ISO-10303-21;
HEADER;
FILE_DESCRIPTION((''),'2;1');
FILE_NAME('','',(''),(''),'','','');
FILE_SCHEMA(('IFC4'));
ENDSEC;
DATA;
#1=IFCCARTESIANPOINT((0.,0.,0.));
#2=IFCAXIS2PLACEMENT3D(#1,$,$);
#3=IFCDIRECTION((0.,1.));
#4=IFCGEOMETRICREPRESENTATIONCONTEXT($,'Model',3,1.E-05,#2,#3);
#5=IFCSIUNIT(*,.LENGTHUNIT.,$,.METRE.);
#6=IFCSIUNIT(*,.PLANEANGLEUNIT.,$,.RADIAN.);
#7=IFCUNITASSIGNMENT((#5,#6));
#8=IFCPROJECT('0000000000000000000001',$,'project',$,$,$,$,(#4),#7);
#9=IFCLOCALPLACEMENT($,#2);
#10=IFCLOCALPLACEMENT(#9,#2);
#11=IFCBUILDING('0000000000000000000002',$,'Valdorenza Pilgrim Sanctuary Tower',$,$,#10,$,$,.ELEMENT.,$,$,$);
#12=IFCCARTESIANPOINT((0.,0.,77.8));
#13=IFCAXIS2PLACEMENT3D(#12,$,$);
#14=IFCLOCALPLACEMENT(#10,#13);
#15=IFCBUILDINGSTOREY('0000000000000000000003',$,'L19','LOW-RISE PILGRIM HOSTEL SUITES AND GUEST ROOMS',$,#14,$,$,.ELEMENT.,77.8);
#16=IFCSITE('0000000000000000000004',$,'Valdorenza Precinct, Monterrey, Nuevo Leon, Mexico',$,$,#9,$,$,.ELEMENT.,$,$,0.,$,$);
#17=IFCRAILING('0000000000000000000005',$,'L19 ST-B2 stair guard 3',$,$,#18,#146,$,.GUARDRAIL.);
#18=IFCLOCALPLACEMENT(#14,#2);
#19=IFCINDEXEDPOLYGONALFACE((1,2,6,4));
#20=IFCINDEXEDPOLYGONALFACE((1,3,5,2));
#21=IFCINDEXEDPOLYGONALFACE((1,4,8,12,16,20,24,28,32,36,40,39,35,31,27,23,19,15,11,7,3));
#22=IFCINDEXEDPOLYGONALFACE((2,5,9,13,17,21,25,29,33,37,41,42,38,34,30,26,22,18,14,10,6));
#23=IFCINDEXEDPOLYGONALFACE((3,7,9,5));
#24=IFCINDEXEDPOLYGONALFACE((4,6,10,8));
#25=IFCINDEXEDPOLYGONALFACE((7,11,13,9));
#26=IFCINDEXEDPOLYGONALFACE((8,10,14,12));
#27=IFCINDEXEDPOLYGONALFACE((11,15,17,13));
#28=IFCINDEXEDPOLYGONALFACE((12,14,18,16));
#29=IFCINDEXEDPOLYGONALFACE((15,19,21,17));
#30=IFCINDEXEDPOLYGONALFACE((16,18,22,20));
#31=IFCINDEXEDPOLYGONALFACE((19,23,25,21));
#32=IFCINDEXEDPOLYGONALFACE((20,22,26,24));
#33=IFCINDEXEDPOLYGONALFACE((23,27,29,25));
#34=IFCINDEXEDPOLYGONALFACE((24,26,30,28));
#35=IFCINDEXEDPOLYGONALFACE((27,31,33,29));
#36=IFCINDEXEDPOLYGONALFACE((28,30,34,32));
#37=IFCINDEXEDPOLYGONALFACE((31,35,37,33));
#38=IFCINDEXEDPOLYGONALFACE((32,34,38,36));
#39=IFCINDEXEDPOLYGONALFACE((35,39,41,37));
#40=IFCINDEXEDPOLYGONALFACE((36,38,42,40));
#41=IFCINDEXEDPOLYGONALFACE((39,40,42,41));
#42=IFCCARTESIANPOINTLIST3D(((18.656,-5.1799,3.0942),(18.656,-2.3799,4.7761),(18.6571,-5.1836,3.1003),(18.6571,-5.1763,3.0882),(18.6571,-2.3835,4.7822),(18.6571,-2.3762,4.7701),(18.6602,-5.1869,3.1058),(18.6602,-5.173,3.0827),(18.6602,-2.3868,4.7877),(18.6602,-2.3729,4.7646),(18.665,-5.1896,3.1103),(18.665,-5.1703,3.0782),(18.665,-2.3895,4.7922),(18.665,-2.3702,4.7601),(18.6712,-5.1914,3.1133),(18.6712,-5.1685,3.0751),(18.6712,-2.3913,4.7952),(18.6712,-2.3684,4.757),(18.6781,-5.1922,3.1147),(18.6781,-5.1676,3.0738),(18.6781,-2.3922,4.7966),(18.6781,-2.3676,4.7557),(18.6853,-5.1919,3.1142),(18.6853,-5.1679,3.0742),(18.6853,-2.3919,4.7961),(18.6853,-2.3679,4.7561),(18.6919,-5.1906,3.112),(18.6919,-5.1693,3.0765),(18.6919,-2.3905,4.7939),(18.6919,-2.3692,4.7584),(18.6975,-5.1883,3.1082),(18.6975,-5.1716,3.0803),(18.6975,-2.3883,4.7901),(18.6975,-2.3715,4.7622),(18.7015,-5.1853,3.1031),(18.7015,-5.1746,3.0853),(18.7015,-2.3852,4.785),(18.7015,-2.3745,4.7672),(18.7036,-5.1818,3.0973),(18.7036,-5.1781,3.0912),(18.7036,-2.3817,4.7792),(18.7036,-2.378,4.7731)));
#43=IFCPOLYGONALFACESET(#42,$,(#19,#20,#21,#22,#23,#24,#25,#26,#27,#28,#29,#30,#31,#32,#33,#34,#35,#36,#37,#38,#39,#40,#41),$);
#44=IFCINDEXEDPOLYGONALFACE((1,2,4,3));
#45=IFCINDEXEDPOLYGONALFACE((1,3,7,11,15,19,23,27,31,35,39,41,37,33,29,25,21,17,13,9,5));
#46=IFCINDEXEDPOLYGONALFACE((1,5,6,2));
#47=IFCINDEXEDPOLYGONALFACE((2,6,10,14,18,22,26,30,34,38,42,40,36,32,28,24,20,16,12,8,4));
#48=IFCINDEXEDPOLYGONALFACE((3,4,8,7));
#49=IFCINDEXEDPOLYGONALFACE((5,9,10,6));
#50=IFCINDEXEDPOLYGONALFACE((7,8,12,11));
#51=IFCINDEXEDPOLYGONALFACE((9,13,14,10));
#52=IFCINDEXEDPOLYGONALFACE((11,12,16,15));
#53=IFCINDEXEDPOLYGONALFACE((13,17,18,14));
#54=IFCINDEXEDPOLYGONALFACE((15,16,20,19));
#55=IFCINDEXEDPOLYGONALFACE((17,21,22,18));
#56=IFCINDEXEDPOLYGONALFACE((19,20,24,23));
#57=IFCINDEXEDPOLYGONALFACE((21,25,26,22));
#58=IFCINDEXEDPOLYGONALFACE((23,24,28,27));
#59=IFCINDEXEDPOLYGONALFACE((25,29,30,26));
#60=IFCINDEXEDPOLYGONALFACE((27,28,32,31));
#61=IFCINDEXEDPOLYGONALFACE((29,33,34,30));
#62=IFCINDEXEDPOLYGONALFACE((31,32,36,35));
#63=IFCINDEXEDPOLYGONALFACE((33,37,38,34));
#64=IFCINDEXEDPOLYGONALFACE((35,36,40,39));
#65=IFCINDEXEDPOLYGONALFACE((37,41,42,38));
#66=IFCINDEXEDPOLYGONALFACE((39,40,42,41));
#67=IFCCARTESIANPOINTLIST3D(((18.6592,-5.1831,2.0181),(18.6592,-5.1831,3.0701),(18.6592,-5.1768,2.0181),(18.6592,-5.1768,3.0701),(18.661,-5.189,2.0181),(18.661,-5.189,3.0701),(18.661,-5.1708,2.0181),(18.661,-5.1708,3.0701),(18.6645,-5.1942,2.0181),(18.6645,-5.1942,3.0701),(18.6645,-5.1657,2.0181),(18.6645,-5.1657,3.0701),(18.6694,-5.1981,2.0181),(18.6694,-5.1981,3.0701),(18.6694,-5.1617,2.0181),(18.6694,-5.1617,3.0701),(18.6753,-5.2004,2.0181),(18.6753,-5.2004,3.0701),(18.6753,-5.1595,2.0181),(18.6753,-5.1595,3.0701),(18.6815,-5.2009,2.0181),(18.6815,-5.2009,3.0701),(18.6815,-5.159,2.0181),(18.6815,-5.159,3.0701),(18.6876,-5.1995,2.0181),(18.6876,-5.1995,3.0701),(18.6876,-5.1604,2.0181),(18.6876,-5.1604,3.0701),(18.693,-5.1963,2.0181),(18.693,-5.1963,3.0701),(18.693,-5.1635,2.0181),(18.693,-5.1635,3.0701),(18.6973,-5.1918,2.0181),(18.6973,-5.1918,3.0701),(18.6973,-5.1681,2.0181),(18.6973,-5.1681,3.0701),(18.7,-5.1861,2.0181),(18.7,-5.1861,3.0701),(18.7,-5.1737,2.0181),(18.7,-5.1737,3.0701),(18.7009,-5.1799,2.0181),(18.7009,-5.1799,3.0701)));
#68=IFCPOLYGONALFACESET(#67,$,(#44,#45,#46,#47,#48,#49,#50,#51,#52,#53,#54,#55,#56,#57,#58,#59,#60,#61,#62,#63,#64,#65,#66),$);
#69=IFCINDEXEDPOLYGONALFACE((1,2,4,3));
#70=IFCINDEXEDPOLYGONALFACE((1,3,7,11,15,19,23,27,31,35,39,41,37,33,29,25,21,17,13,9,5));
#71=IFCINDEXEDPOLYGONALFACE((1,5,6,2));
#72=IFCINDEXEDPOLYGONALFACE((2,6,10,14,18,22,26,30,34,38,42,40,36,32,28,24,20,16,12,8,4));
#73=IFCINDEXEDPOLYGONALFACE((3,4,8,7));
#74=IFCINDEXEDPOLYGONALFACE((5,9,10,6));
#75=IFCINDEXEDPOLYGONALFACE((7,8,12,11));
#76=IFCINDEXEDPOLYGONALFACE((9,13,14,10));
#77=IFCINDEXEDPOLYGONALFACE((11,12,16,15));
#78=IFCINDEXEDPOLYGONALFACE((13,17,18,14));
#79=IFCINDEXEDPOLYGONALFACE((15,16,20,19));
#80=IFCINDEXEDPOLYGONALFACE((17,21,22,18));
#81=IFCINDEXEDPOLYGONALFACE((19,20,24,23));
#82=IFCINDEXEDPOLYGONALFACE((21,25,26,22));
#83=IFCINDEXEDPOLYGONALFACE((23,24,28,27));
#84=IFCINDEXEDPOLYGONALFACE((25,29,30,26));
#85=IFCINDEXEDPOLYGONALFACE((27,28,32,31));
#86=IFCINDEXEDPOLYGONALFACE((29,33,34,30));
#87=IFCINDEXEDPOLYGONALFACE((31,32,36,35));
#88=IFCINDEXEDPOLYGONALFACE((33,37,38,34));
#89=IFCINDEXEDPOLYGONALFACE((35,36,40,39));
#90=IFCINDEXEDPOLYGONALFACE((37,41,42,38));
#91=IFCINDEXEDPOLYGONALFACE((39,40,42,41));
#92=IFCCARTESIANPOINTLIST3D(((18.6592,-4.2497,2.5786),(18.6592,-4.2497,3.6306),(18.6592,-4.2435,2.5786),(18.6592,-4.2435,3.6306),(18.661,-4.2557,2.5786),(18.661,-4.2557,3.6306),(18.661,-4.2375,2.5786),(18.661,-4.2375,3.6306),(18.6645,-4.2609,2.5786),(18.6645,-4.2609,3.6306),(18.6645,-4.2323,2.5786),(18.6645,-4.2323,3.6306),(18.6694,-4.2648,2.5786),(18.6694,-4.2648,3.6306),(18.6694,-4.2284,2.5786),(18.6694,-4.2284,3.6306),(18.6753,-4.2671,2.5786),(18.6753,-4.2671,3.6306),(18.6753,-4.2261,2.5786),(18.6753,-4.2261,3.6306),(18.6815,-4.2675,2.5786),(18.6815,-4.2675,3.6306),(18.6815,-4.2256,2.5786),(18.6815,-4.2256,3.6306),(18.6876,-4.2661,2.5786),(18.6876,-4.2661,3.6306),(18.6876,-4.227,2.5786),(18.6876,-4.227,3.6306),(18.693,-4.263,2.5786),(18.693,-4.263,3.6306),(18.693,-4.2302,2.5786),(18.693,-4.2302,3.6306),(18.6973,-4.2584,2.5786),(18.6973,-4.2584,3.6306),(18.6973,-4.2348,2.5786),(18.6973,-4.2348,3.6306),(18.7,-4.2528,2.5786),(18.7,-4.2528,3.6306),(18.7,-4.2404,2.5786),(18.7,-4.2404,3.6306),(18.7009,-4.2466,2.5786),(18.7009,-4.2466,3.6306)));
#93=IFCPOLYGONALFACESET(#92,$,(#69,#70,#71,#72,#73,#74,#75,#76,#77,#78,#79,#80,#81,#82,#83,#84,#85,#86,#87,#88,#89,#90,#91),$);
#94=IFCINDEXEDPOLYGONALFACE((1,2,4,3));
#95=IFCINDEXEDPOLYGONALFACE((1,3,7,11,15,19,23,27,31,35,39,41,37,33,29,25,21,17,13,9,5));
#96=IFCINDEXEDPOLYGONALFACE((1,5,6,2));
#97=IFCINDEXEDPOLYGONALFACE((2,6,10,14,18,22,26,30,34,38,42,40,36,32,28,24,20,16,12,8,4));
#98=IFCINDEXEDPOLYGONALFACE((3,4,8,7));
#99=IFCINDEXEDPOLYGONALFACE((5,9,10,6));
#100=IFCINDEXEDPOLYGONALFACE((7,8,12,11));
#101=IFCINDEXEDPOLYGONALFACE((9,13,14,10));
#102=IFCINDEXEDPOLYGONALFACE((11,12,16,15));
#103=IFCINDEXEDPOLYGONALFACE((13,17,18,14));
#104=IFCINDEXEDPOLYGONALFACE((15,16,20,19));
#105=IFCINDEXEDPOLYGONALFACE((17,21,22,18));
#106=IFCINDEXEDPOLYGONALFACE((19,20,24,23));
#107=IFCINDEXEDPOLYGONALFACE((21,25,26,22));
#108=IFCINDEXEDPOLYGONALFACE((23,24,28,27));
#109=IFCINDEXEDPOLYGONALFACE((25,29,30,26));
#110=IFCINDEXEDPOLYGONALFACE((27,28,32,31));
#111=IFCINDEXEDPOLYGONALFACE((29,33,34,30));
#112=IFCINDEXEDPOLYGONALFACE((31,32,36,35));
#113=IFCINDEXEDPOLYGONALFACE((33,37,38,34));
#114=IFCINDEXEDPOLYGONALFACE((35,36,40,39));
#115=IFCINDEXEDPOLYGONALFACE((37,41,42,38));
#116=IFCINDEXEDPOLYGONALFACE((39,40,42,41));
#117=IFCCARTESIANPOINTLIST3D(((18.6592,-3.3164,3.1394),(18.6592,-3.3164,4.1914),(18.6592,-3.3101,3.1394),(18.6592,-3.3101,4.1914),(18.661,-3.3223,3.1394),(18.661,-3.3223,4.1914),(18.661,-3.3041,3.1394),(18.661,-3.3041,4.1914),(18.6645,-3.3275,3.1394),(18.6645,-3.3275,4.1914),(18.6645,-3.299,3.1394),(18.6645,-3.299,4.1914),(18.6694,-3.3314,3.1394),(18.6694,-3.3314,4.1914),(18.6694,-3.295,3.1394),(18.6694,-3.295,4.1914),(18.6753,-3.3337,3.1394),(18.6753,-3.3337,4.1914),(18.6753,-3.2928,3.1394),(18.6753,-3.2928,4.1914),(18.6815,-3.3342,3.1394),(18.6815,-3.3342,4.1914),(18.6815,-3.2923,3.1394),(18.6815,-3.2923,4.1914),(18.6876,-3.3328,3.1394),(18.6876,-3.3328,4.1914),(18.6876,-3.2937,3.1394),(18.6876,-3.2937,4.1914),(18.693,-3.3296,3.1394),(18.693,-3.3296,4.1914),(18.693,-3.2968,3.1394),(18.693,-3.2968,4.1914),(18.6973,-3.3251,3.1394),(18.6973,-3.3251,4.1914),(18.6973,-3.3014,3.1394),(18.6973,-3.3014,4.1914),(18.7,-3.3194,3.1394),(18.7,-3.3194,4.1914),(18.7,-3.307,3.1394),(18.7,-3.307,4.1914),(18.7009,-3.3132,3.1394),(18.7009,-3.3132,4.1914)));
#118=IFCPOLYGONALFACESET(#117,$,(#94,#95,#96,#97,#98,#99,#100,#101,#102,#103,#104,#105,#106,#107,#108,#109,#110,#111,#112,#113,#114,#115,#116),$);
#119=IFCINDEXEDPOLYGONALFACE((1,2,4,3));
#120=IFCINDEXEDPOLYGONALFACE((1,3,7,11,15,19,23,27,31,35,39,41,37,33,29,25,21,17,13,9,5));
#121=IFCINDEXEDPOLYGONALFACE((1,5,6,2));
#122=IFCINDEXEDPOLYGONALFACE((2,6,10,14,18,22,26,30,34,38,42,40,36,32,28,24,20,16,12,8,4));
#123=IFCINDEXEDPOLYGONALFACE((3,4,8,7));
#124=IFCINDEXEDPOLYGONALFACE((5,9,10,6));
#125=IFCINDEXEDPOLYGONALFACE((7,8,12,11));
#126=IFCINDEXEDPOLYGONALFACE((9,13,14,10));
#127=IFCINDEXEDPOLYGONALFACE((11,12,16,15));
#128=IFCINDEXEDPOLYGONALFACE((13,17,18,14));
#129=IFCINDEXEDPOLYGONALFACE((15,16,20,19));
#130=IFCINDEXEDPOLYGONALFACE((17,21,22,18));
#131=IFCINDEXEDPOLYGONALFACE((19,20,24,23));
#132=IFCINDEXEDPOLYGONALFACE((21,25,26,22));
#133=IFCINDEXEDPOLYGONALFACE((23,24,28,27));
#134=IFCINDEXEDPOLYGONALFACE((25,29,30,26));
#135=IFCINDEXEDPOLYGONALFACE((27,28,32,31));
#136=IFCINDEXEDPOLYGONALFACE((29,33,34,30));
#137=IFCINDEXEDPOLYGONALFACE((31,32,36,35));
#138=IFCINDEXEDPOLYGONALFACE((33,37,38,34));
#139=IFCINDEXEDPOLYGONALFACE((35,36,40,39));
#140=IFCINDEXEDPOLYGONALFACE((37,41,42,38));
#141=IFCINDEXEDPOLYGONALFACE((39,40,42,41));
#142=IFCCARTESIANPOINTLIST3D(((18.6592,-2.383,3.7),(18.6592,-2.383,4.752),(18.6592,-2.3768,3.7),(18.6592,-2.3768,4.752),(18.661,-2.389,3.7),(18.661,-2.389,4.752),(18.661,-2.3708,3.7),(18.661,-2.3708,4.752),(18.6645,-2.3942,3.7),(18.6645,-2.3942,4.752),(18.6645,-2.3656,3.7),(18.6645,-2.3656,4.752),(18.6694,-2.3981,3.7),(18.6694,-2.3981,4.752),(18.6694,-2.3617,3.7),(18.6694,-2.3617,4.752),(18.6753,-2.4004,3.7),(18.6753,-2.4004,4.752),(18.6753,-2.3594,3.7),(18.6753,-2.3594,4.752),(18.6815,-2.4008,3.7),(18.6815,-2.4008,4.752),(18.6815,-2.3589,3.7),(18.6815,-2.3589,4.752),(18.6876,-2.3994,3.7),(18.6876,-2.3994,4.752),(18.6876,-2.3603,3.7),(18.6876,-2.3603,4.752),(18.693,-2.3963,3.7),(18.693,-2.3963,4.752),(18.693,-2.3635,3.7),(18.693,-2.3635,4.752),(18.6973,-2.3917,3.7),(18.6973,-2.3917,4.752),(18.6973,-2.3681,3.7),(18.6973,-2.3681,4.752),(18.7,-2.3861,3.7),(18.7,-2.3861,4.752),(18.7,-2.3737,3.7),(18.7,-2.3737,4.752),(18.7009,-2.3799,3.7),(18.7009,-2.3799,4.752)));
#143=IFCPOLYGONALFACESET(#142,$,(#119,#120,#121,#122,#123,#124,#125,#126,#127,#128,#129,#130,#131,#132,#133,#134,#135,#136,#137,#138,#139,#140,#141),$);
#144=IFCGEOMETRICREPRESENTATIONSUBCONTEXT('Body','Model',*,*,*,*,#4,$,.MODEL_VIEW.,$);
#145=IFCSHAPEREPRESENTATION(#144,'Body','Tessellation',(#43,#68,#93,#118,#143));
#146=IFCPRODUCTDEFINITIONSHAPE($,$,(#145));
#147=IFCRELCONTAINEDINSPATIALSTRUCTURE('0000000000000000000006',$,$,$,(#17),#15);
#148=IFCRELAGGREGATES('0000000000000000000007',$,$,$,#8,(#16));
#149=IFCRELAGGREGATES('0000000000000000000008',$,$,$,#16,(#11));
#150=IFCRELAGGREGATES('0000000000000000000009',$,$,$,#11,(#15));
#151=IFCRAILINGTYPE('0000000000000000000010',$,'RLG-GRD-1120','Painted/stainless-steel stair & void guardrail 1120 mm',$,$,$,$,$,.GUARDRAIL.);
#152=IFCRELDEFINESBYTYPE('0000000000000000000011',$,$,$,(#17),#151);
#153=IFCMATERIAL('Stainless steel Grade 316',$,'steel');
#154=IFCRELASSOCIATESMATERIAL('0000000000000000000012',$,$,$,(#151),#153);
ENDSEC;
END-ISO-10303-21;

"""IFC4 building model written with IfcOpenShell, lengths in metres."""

from ifc_helpers import new_model, si_unit, direction, frame, origin, origin_2d, place, context, subcontext, project, spatial, circle, extrude, material, type_object, element, save


model = new_model("IFC4")

# Units and contexts
model_context = context("Model", 3, precision=1e-05, world=origin(), true_north=direction((0.0, 1.0)))
body_context = subcontext(model_context, "Body", "Model", "MODEL_VIEW")
ifc_project = project(units=[si_unit("LENGTHUNIT", "METRE"), si_unit("PLANEANGLEUNIT", "RADIAN")], contexts=[model_context])

# Site, building, storey
site_placement = place(None, origin())
site = spatial("IfcSite", under=ifc_project, at=site_placement, Name="Valdorenza Precinct, Monterrey, Nuevo Leon, Mexico", CompositionType="ELEMENT", RefElevation=0.0)
building_placement = place(site_placement, origin())
building = spatial("IfcBuilding", under=site, at=building_placement, Name="Valdorenza Pilgrim Sanctuary Tower", CompositionType="ELEMENT")
storey_placement = place(building_placement, frame((0.0, 0.0, 77.8)))
storey = spatial("IfcBuildingStorey", under=building, at=storey_placement, Name="L19", Description="LOW-RISE PILGRIM HOSTEL SUITES AND GUEST ROOMS", CompositionType="ELEMENT", Elevation=77.8)

# Railing
ifc_material_1 = material(Name="Stainless steel Grade 316", Category="steel")
railing_type_1 = type_object("IfcRailingType", Name="RLG-GRD-1120", Description="Painted/stainless-steel stair & void guardrail 1120 mm", PredefinedType="GUARDRAIL", material=ifc_material_1)
railing_1_placement = place(storey_placement, frame((18.6799, -5.1799, 2.0181)))
element("IfcRailing", 1, at=railing_1_placement, inside=storey, type_object=railing_type_1, Name="L19 ST-B2 stair guard 3", PredefinedType="GUARDRAIL", context=body_context, shape_type="SweptSolid", body=[
    extrude(circle(Radius=0.0239, at=origin_2d()), frame((0.0, 0.0, 1.0762), z_axis=(0.0, 0.857242, 0.514913), x_axis=(-1.0, 0.0, 0.0)), (0.0, 0.0, 1.0), 3.2664),
    extrude(circle(Radius=0.021, at=origin_2d()), origin(), (0.0, 0.0, 1.0), 1.052),
    extrude(circle(Radius=0.021, at=origin_2d()), frame((0.0, 0.9333, 0.5605)), (0.0, 0.0, 1.0), 1.052),
    extrude(circle(Radius=0.021, at=origin_2d()), frame((0.0, 1.8667, 1.1213)), (0.0, 0.0, 1.0), 1.052),
    extrude(circle(Radius=0.021, at=origin_2d()), frame((0.0, 2.8, 1.6819)), (0.0, 0.0, 1.0), 1.052),
])

save(model, "model.ifc")
